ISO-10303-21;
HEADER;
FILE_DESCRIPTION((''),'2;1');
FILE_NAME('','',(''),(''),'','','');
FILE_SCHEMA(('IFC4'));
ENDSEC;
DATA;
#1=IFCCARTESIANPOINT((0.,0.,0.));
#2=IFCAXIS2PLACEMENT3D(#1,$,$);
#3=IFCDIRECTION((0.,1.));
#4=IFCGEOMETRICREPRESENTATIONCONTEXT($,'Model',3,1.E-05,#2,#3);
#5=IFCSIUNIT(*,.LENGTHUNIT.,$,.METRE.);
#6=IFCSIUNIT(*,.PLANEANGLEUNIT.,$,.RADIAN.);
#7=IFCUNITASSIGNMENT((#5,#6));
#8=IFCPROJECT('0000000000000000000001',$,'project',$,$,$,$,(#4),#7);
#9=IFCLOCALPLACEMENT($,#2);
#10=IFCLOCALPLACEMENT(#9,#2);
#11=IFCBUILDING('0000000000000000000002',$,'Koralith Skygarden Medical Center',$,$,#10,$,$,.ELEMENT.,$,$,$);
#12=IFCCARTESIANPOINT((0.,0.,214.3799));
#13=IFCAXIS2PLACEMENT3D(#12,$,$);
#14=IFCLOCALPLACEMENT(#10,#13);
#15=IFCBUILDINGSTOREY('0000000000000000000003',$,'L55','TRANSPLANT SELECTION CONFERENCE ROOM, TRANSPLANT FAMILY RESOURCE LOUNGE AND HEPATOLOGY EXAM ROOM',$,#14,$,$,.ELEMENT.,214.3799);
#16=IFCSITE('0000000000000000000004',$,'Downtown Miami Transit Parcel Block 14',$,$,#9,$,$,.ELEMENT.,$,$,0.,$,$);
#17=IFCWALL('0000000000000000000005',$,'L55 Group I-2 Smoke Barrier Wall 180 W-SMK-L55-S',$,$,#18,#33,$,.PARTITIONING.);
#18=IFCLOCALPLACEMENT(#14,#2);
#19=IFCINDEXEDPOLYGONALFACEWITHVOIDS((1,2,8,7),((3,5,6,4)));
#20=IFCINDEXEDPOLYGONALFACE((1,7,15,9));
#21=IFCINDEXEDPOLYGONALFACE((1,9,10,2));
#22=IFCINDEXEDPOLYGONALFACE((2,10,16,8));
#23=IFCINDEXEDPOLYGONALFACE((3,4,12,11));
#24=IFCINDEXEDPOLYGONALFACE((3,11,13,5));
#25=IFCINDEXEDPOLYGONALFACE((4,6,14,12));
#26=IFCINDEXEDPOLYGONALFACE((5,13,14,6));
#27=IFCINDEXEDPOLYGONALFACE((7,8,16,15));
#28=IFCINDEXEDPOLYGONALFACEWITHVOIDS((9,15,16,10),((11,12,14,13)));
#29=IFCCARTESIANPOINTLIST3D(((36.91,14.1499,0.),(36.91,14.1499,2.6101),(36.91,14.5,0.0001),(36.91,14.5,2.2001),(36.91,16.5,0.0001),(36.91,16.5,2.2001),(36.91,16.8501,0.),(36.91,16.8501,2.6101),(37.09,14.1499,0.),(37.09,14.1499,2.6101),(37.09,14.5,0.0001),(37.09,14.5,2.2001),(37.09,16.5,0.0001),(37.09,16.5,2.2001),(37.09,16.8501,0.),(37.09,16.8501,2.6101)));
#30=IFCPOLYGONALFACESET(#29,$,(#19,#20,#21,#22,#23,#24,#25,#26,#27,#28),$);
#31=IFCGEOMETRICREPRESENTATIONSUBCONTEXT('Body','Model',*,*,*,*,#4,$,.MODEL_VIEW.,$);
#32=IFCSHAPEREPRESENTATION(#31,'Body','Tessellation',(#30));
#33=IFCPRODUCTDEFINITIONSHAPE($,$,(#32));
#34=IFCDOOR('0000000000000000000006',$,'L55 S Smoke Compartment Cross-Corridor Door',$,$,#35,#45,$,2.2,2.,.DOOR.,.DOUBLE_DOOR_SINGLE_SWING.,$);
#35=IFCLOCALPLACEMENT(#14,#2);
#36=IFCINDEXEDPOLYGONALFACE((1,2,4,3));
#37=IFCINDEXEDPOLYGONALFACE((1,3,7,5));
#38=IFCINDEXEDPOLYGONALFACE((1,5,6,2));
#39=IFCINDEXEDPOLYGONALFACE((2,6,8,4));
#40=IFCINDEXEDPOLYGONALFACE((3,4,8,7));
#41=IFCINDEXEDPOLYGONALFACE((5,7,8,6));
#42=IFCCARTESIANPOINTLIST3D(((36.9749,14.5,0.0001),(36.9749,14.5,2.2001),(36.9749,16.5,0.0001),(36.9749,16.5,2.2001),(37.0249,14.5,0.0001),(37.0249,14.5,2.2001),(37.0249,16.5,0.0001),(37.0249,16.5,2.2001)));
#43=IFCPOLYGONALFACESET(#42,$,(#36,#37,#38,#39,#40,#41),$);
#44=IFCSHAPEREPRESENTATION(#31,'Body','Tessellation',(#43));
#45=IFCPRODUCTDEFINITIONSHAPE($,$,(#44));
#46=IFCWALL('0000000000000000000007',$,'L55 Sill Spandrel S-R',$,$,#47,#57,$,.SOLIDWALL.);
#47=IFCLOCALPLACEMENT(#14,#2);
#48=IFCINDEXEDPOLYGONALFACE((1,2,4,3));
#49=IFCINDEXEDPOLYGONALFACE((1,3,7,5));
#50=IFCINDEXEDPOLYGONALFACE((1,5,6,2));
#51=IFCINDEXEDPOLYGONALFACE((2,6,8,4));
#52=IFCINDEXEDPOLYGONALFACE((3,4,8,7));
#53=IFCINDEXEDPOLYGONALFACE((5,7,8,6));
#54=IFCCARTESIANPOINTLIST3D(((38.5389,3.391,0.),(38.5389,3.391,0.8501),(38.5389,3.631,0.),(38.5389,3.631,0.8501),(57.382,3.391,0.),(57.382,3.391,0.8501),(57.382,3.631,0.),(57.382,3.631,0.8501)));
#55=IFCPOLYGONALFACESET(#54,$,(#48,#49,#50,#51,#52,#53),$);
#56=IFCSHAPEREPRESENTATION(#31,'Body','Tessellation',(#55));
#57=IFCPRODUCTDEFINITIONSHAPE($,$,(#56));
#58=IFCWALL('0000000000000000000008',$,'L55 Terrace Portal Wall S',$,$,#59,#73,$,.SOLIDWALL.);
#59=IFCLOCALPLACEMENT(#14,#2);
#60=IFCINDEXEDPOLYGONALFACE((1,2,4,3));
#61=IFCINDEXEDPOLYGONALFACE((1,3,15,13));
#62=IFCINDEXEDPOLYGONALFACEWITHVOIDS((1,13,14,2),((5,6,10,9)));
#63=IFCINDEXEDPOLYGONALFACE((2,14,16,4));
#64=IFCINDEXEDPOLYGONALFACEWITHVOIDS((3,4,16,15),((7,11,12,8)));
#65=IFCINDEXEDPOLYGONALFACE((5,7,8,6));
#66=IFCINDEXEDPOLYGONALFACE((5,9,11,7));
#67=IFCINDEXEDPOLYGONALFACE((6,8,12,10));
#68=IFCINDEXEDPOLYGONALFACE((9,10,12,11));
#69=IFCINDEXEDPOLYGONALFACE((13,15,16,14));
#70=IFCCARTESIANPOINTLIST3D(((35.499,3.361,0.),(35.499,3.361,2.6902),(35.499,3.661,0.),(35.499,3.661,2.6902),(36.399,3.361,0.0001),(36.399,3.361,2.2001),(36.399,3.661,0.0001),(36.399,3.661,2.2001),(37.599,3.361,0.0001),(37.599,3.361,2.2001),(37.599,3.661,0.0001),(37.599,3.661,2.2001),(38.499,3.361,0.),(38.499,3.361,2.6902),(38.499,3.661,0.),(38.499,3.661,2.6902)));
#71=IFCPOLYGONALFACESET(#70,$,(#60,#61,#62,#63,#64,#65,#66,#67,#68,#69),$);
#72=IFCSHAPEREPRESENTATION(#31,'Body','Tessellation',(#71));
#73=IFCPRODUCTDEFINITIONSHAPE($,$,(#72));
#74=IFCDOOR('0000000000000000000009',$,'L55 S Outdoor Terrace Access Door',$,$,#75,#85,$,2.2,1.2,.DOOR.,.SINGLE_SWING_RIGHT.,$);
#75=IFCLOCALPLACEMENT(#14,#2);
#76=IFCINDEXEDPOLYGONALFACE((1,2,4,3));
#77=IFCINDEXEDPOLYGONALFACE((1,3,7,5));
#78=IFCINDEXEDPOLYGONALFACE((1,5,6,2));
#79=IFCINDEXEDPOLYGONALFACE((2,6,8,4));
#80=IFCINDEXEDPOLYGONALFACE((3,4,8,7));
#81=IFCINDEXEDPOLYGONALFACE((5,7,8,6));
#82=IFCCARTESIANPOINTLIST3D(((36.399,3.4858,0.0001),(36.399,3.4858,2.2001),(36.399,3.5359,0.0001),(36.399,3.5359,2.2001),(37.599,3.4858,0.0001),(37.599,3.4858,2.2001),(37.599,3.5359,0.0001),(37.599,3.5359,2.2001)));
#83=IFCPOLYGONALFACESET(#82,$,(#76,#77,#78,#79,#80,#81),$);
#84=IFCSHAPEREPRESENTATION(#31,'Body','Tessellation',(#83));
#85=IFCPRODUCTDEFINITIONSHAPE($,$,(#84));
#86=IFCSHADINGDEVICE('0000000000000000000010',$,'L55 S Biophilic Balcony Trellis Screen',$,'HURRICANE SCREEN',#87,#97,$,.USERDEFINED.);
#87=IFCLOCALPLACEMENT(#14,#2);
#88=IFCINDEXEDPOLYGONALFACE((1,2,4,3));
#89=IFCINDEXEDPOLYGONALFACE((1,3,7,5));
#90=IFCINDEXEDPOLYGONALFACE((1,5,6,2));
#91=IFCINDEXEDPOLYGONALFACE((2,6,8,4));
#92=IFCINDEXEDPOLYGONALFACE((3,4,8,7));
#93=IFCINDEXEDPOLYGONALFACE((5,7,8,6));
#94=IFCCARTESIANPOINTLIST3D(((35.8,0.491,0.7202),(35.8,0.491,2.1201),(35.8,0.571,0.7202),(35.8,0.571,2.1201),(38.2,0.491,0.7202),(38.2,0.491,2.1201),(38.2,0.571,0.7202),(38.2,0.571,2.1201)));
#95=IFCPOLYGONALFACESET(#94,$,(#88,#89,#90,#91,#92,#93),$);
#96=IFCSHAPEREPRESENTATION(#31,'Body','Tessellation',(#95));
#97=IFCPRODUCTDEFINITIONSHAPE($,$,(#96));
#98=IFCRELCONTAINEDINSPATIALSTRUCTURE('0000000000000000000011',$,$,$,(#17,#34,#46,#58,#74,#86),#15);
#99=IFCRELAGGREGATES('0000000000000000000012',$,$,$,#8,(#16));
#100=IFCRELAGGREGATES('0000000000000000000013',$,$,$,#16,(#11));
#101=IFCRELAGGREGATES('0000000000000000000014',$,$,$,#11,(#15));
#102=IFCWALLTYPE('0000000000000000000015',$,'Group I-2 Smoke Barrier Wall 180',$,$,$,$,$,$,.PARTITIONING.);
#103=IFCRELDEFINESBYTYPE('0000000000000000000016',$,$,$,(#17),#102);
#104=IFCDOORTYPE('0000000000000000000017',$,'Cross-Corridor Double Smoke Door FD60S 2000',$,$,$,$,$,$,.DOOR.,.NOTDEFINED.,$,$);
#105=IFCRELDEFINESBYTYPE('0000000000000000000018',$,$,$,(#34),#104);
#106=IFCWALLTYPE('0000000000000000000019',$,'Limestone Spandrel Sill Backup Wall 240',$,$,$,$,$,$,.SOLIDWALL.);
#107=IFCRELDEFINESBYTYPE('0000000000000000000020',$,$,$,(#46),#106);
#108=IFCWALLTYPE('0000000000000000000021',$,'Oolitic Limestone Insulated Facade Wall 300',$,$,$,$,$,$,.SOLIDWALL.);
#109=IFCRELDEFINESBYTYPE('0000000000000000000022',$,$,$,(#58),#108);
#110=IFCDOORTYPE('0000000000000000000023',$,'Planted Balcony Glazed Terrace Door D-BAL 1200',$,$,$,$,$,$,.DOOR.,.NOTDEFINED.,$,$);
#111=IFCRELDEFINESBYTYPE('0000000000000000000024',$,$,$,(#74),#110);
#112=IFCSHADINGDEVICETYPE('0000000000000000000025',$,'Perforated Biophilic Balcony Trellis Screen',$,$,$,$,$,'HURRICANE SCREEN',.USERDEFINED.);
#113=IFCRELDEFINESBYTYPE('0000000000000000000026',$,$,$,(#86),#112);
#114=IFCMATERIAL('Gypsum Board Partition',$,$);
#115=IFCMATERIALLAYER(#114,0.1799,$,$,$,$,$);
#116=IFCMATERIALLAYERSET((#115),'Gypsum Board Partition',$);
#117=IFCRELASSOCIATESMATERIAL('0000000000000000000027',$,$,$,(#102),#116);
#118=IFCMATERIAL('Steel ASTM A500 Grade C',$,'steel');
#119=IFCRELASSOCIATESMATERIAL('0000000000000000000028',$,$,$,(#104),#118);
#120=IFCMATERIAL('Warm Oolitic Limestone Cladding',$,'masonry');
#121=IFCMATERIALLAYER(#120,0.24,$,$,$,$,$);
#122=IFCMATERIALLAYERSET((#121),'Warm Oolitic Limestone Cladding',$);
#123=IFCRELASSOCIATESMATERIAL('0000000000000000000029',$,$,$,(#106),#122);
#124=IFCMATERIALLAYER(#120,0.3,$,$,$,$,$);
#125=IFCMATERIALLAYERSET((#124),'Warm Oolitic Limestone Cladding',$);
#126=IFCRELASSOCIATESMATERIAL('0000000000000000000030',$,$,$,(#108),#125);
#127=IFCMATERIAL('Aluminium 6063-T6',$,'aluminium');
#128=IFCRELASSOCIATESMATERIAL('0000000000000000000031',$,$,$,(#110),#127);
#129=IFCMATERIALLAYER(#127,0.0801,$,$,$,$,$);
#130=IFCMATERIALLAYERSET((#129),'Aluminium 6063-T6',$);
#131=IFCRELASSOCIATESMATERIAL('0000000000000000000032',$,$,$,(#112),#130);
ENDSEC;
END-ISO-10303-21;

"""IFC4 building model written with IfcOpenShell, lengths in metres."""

from ifc_helpers import new_model, si_unit, direction, frame, frame_2d, origin, origin_2d, place, context, subcontext, project, spatial, rectangle, extrude, material, layer, layer_set, type_object, element, fill, save


model = new_model("IFC4")

# Units and contexts
model_context = context("Model", 3, precision=1e-05, world=origin(), true_north=direction((0.0, 1.0)))
body_context = subcontext(model_context, "Body", "Model", "MODEL_VIEW")
ifc_project = project(units=[si_unit("LENGTHUNIT", "METRE"), si_unit("PLANEANGLEUNIT", "RADIAN")], contexts=[model_context])

# Site, building, storey
site_placement = place(None, origin())
site = spatial("IfcSite", under=ifc_project, at=site_placement, Name="Downtown Miami Transit Parcel Block 14", CompositionType="ELEMENT", RefElevation=0.0)
building_placement = place(site_placement, origin())
building = spatial("IfcBuilding", under=site, at=building_placement, Name="Koralith Skygarden Medical Center", CompositionType="ELEMENT")
storey_placement = place(building_placement, frame((0.0, 0.0, 214.3799)))
storey = spatial("IfcBuildingStorey", under=building, at=storey_placement, Name="L55", Description="TRANSPLANT SELECTION CONFERENCE ROOM, TRANSPLANT FAMILY RESOURCE LOUNGE AND HEPATOLOGY EXAM ROOM", CompositionType="ELEMENT", Elevation=214.3799)

# Shared definitions
ifc_material_1 = material(Name="Aluminium 6063-T6", Category="aluminium")

# Wall, opening, door
ifc_material_2 = material(Name="Gypsum Board Partition")
ifc_layer_1 = layer(ifc_material_2, 0.1799)
ifc_layer_set_1 = layer_set([ifc_layer_1], Name="Gypsum Board Partition")
wall_type_1 = type_object("IfcWallType", Name="Group I-2 Smoke Barrier Wall 180", PredefinedType="PARTITIONING", material=ifc_layer_set_1)
wall_1_placement = place(storey_placement, frame((37.0, 14.1499, 0.0), z_axis=(0.0, 0.0, 1.0), x_axis=(0.0, 1.0, 0.0)))
wall_1 = element("IfcWall", 1, at=wall_1_placement, inside=storey, type_object=wall_type_1, Name="L55 Group I-2 Smoke Barrier Wall 180 W-SMK-L55-S", PredefinedType="PARTITIONING", context=body_context, shape_type="SweptSolid", body=[
    extrude(rectangle(XDim=2.7002, YDim=0.1799, at=frame_2d((1.3501, 0.0))), origin(), (0.0, 0.0, 1.0), 2.6101),
])
opening_1_placement = place(wall_1_placement, frame((0.3501, 0.0, 0.0)))
opening_1 = element("IfcOpeningElement", 2, at=opening_1_placement, cuts=wall_1, PredefinedType="OPENING", context=body_context, shape_type="SweptSolid", body=[
    extrude(rectangle(XDim=2.0, YDim=2.2, at=frame_2d((1.0, 1.1001))), frame((0.0, 0.0999, 0.0), z_axis=(0.0, -1.0, 0.0), x_axis=(1.0, 0.0, 0.0)), (0.0, 0.0, 1.0), 0.2),
])
ifc_material_3 = material(Name="Steel ASTM A500 Grade C", Category="steel")
door_type_1 = type_object("IfcDoorType", Name="Cross-Corridor Double Smoke Door FD60S 2000", OperationType="NOTDEFINED", PredefinedType="DOOR", material=ifc_material_3)
door_1_placement = place(opening_1_placement, frame((2.0, 0.0, 0.0), z_axis=(0.0, 0.0, 1.0), x_axis=(-1.0, 0.0, 0.0)))
door_1 = element("IfcDoor", 3, at=door_1_placement, inside=storey, type_object=door_type_1, Name="L55 S Smoke Compartment Cross-Corridor Door", OperationType="DOUBLE_DOOR_SINGLE_SWING", OverallHeight=2.2, OverallWidth=2.0, PredefinedType="DOOR", context=body_context, shape_type="SweptSolid", body=[
    extrude(rectangle(XDim=2.0, YDim=2.2, at=frame_2d((1.0, 1.1001))), frame((0.0, 0.0249, 0.0), z_axis=(0.0, -1.0, 0.0), x_axis=(1.0, 0.0, 0.0)), (0.0, 0.0, 1.0), 0.05),
])
fill(opening_1, door_1)

# Wall
ifc_material_4 = material(Name="Warm Oolitic Limestone Cladding", Category="masonry")
ifc_layer_2 = layer(ifc_material_4, 0.24)
ifc_layer_set_2 = layer_set([ifc_layer_2], Name="Warm Oolitic Limestone Cladding")
wall_type_2 = type_object("IfcWallType", Name="Limestone Spandrel Sill Backup Wall 240", PredefinedType="SOLIDWALL", material=ifc_layer_set_2)
wall_2_placement = place(storey_placement, frame((38.5391, 3.511, 0.0), z_axis=(0.0, 0.0, 1.0), x_axis=(1.0, 0.0, 0.0)))
element("IfcWall", 4, at=wall_2_placement, inside=storey, type_object=wall_type_2, Name="L55 Sill Spandrel S-R", PredefinedType="SOLIDWALL", context=body_context, shape_type="SweptSolid", body=[
    extrude(rectangle(XDim=18.843, YDim=0.24, at=frame_2d((9.4214, 0.0))), origin(), (0.0, 0.0, 1.0), 0.8501),
])

# Wall, opening, door
ifc_layer_3 = layer(ifc_material_4, 0.3)
ifc_layer_set_3 = layer_set([ifc_layer_3], Name="Warm Oolitic Limestone Cladding")
wall_type_3 = type_object("IfcWallType", Name="Oolitic Limestone Insulated Facade Wall 300", PredefinedType="SOLIDWALL", material=ifc_layer_set_3)
wall_3_placement = place(storey_placement, frame((35.499, 3.511, 0.0), z_axis=(0.0, 0.0, 1.0), x_axis=(1.0, 0.0, 0.0)))
wall_3 = element("IfcWall", 5, at=wall_3_placement, inside=storey, type_object=wall_type_3, Name="L55 Terrace Portal Wall S", PredefinedType="SOLIDWALL", context=body_context, shape_type="SweptSolid", body=[
    extrude(rectangle(XDim=3.0, YDim=0.3, at=frame_2d((1.5, 0.0))), origin(), (0.0, 0.0, 1.0), 2.6902),
])
opening_2_placement = place(wall_3_placement, frame((0.8999, 0.0, 0.0)))
opening_2 = element("IfcOpeningElement", 6, at=opening_2_placement, cuts=wall_3, PredefinedType="OPENING", context=body_context, shape_type="SweptSolid", body=[
    extrude(rectangle(XDim=1.2, YDim=2.2, at=frame_2d((0.6001, 1.1001))), frame((0.0, 0.1599, 0.0), z_axis=(0.0, -1.0, 0.0), x_axis=(1.0, 0.0, 0.0)), (0.0, 0.0, 1.0), 0.3201),
])
door_type_2 = type_object("IfcDoorType", Name="Planted Balcony Glazed Terrace Door D-BAL 1200", OperationType="NOTDEFINED", PredefinedType="DOOR", material=ifc_material_1)
door_2_placement = place(opening_2_placement, origin())
door_2 = element("IfcDoor", 7, at=door_2_placement, inside=storey, type_object=door_type_2, Name="L55 S Outdoor Terrace Access Door", OperationType="SINGLE_SWING_RIGHT", OverallHeight=2.2, OverallWidth=1.2, PredefinedType="DOOR", context=body_context, shape_type="SweptSolid", body=[
    extrude(rectangle(XDim=1.2, YDim=2.2, at=frame_2d((0.6001, 1.1001))), frame((0.0, 0.0249, 0.0), z_axis=(0.0, -1.0, 0.0), x_axis=(1.0, 0.0, 0.0)), (0.0, 0.0, 1.0), 0.05),
])
fill(opening_2, door_2)

# Shading device
ifc_layer_4 = layer(ifc_material_1, 0.0801)
ifc_layer_set_4 = layer_set([ifc_layer_4], Name="Aluminium 6063-T6")
shading_device_type = type_object("IfcShadingDeviceType", Name="Perforated Biophilic Balcony Trellis Screen", ElementType="HURRICANE SCREEN", PredefinedType="USERDEFINED", material=ifc_layer_set_4)
shading_device_placement = place(storey_placement, frame((37.0, 0.531, 0.7202), z_axis=(0.0, 0.0, 1.0), x_axis=(1.0, 0.0, 0.0)))
element("IfcShadingDevice", 8, at=shading_device_placement, inside=storey, type_object=shading_device_type, Name="L55 S Biophilic Balcony Trellis Screen", ObjectType="HURRICANE SCREEN", PredefinedType="USERDEFINED", context=body_context, shape_type="SweptSolid", body=[
    extrude(rectangle(XDim=2.3999, YDim=0.0801, at=origin_2d()), origin(), (0.0, 0.0, 1.0), 1.3999),
])

save(model, "model.ifc")
